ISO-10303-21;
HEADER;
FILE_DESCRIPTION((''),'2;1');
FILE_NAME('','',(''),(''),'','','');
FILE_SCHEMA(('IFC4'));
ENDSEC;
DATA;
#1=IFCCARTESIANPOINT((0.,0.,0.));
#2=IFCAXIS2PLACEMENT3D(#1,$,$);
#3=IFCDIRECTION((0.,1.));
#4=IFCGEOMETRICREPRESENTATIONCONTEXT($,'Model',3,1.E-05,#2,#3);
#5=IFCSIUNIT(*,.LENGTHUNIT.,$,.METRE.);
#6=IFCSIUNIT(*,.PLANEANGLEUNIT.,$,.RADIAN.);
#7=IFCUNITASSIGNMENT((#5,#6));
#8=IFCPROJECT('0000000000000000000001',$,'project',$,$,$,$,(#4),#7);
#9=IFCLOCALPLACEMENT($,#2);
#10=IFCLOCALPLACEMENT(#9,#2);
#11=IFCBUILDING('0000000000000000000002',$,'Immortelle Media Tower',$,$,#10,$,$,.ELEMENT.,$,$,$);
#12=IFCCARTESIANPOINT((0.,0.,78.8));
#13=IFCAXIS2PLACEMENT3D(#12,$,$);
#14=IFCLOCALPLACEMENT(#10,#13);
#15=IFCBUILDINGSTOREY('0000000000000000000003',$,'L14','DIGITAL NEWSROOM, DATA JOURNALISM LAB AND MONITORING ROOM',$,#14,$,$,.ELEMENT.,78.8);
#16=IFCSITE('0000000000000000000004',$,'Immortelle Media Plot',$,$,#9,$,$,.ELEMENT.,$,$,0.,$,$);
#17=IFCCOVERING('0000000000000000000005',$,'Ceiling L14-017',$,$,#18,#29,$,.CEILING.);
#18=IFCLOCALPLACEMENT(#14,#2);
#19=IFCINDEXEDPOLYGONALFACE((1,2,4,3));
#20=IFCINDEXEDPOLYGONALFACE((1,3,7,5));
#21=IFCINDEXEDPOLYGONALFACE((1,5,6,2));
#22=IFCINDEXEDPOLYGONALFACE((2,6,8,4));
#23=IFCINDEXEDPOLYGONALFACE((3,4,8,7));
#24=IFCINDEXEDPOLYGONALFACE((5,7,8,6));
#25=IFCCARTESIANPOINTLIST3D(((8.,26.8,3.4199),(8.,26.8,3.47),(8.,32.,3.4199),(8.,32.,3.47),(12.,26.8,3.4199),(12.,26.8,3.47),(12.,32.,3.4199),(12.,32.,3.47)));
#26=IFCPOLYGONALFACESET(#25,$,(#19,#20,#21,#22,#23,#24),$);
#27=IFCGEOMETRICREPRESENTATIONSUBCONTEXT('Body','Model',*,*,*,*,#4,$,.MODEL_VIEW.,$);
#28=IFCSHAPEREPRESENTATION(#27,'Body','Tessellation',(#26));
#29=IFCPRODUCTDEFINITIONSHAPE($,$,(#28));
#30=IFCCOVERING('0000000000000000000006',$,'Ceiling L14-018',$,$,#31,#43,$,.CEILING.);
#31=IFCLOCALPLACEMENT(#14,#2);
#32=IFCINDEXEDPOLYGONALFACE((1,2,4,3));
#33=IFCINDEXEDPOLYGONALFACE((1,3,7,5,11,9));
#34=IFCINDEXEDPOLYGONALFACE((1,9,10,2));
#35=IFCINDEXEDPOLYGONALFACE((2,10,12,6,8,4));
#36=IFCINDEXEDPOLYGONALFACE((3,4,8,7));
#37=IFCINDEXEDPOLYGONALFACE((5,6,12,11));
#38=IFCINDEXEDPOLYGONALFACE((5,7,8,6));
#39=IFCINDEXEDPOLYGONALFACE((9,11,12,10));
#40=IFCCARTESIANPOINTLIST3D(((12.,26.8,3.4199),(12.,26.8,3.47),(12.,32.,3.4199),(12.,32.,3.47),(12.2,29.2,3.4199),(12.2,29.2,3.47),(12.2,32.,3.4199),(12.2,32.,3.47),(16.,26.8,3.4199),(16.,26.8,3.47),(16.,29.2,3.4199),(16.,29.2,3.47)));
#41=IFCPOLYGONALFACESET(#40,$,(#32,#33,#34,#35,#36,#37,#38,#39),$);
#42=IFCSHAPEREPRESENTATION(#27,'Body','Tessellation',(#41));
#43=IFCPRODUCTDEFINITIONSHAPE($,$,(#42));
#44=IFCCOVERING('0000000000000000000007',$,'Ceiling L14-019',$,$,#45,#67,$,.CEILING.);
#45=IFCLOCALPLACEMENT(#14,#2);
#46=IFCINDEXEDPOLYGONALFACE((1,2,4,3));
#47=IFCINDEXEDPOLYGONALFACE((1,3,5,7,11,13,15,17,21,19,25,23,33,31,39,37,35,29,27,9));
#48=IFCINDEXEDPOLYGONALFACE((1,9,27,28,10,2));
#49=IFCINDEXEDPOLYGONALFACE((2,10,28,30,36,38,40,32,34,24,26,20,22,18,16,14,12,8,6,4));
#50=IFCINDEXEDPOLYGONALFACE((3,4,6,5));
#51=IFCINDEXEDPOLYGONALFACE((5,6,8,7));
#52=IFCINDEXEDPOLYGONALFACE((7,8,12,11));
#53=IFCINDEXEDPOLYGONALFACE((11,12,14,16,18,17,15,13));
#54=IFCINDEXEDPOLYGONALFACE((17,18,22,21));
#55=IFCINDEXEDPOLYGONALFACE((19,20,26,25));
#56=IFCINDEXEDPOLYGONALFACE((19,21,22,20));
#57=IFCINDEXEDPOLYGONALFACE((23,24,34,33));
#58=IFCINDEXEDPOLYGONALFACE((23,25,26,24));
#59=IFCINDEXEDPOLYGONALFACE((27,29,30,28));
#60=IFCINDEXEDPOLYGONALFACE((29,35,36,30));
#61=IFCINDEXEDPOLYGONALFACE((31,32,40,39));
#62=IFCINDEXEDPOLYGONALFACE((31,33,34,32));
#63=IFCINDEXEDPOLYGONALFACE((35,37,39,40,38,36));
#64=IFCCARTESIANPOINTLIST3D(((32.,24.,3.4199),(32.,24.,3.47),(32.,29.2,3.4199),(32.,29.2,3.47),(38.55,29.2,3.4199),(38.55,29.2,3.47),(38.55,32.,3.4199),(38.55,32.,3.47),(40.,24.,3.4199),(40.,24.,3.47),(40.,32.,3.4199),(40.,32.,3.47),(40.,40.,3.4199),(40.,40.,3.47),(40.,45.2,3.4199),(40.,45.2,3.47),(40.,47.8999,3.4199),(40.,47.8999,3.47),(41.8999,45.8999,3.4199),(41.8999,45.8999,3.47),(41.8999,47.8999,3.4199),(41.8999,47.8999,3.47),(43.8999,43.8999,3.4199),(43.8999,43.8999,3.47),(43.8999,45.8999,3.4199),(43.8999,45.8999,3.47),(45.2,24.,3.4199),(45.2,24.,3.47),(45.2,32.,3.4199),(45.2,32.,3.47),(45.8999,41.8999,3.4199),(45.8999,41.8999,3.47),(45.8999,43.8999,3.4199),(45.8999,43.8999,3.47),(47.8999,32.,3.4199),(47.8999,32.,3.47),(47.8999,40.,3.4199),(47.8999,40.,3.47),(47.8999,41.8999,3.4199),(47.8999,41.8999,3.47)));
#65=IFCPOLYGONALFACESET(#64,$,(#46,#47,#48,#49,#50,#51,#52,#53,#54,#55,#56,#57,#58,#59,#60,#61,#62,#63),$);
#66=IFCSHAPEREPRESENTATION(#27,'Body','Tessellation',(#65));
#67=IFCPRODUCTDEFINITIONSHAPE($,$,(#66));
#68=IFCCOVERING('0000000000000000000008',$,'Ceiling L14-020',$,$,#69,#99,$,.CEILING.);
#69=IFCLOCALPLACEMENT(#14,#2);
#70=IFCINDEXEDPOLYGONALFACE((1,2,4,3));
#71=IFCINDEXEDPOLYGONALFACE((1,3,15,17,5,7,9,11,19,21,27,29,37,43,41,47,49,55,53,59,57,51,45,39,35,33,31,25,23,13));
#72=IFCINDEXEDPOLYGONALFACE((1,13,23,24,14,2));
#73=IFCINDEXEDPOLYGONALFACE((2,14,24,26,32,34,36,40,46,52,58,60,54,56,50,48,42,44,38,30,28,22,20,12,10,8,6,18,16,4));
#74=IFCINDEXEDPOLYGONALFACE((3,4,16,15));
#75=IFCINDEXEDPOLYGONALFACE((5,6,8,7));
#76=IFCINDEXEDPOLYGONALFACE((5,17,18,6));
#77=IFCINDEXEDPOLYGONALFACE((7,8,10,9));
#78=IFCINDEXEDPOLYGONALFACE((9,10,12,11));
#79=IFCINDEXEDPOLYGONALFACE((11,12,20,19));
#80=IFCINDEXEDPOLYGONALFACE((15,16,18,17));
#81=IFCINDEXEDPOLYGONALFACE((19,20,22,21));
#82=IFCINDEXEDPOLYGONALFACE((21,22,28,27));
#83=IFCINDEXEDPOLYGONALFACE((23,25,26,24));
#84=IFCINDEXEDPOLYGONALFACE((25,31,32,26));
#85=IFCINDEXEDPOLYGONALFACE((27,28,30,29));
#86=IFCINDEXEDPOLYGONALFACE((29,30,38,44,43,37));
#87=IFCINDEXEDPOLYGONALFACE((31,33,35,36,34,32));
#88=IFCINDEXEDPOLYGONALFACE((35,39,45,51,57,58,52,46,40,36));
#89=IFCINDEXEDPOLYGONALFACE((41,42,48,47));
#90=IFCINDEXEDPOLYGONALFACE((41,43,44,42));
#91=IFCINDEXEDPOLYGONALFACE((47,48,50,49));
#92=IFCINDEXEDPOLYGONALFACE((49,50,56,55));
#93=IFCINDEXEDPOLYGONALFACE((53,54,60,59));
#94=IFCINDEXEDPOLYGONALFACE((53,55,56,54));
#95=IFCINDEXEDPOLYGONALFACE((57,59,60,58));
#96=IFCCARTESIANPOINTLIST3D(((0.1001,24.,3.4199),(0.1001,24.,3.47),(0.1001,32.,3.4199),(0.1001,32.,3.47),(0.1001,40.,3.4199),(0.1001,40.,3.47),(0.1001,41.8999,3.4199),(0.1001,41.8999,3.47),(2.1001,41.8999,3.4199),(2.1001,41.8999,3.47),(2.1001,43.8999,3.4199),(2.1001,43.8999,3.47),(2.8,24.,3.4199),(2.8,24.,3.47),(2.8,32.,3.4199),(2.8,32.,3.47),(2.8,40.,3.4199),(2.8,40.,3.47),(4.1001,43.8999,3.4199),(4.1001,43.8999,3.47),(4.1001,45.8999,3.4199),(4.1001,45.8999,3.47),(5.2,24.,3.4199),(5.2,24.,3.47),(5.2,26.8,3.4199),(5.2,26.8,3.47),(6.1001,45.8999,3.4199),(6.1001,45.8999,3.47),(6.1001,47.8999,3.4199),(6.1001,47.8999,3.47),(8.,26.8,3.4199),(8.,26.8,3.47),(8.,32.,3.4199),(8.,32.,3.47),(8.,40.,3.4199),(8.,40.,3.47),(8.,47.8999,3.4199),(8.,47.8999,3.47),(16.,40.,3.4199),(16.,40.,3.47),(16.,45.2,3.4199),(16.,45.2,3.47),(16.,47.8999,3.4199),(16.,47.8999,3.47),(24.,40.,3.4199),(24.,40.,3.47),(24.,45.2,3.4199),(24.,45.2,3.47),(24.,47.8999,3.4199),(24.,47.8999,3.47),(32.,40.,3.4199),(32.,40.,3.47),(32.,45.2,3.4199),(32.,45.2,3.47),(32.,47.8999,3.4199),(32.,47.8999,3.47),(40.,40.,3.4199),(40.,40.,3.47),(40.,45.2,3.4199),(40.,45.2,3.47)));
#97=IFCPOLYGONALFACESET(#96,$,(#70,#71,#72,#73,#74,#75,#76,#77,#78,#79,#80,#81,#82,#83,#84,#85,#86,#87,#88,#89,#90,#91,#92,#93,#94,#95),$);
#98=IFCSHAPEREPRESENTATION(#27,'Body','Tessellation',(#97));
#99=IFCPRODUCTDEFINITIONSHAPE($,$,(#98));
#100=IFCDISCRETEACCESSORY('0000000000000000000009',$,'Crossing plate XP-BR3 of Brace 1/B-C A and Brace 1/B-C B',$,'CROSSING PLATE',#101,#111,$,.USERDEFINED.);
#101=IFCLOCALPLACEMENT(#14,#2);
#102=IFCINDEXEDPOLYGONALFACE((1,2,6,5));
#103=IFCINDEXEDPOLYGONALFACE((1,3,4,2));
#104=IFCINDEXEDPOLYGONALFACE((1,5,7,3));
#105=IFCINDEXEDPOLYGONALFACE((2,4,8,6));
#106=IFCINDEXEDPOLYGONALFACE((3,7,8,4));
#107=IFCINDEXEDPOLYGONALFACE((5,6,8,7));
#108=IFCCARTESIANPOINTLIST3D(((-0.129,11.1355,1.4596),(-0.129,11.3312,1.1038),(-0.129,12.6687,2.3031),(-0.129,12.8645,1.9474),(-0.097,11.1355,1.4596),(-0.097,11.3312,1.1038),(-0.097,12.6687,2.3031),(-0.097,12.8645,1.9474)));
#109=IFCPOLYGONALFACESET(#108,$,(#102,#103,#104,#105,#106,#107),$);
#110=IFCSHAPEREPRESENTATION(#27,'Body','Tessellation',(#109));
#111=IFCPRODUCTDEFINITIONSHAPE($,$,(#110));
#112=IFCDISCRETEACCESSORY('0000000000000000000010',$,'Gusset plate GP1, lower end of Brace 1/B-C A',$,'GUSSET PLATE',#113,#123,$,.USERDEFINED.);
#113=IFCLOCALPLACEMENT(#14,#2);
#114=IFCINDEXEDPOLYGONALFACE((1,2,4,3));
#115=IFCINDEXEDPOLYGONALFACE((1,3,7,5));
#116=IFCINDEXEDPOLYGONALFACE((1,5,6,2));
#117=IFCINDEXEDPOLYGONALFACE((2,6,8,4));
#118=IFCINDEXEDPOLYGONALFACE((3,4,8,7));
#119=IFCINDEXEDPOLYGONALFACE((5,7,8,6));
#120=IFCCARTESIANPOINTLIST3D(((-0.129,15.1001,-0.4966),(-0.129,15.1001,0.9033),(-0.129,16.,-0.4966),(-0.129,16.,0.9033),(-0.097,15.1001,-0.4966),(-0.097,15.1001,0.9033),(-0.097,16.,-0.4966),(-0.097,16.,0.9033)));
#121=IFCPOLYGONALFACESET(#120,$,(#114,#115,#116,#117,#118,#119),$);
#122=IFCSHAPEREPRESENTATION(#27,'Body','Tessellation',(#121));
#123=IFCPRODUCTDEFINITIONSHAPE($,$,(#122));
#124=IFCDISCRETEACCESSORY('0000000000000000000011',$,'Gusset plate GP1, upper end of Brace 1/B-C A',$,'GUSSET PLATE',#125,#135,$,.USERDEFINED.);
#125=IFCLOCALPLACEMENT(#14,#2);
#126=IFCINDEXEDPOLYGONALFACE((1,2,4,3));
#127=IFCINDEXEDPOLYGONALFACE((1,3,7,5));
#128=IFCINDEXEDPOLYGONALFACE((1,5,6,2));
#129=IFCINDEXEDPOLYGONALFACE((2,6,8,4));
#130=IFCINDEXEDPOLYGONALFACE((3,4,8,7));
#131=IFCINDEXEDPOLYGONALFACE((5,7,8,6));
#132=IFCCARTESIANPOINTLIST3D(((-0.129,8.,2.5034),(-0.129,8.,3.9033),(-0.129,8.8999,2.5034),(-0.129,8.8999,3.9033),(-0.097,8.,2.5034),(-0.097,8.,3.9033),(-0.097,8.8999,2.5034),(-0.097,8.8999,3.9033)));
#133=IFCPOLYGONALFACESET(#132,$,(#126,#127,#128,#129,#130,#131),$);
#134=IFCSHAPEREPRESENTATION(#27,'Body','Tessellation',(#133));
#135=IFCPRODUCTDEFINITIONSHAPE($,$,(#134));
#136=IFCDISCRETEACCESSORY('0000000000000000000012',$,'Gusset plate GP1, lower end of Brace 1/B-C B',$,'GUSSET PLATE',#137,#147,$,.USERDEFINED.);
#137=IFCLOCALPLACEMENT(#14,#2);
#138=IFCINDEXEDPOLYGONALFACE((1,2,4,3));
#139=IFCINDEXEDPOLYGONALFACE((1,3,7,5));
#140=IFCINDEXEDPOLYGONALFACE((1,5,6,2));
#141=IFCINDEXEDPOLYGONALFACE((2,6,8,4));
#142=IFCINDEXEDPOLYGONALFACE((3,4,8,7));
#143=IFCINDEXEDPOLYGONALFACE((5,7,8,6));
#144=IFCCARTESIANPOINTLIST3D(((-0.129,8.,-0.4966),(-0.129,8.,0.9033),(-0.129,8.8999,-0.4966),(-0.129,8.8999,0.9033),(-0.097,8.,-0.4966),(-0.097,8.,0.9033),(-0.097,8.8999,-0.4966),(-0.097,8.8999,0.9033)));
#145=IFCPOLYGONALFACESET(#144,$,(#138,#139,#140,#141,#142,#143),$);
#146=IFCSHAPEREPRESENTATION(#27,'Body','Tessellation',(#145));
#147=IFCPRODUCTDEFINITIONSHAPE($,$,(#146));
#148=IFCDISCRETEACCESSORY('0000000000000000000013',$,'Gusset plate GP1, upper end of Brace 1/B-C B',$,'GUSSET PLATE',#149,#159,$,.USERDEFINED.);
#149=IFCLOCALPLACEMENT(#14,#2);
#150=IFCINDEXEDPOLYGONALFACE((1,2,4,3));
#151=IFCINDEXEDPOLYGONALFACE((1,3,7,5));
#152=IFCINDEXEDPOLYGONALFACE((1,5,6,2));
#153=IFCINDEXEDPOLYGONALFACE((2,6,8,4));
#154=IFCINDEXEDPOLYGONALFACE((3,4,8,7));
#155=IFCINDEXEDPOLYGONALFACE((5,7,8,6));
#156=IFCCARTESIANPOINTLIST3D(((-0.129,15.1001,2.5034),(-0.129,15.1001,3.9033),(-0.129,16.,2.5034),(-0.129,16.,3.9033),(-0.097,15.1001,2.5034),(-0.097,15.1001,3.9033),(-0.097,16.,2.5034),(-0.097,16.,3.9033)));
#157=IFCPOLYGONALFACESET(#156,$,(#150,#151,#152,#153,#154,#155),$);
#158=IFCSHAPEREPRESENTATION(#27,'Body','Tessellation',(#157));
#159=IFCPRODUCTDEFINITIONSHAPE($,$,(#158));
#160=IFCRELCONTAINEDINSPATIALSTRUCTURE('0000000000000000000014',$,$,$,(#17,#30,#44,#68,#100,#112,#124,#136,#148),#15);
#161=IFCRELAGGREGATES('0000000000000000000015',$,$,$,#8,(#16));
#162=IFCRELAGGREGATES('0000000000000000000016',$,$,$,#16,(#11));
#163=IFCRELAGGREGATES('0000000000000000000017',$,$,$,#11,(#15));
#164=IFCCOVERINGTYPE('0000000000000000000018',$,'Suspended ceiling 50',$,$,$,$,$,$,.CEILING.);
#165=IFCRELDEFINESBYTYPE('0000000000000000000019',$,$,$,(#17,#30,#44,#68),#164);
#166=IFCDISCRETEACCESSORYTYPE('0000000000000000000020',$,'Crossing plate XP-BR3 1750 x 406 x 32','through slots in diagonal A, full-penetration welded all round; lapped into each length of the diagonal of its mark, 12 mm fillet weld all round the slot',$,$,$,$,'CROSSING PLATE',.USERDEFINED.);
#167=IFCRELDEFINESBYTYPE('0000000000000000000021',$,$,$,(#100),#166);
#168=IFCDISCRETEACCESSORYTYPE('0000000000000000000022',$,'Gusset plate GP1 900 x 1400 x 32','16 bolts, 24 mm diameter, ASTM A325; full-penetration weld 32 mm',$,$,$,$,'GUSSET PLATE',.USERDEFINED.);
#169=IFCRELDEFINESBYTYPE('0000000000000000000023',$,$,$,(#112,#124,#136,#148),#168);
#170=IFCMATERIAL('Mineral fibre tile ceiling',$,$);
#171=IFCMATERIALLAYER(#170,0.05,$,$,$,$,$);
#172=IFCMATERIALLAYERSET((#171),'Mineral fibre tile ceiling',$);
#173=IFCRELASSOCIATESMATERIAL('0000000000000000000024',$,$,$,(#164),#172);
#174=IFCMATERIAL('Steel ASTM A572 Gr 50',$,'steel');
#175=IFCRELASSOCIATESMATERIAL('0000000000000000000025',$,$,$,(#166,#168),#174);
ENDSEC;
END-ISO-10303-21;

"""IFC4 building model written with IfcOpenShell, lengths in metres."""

from ifc_helpers import new_model, si_unit, direction, frame, origin, origin_2d, place, context, subcontext, project, spatial, polyline, rectangle, outline, extrude, material, layer, layer_set, material_profile, profile_set, type_object, element, save


model = new_model("IFC4")

# Units and contexts
model_context = context("Model", 3, precision=1e-05, world=origin(), true_north=direction((0.0, 1.0)))
body_context = subcontext(model_context, "Body", "Model", "MODEL_VIEW")
ifc_project = project(units=[si_unit("LENGTHUNIT", "METRE"), si_unit("PLANEANGLEUNIT", "RADIAN")], contexts=[model_context])

# Site, building, storey
site_placement = place(None, origin())
site = spatial("IfcSite", under=ifc_project, at=site_placement, Name="Immortelle Media Plot", CompositionType="ELEMENT", RefElevation=0.0)
building_placement = place(site_placement, origin())
building = spatial("IfcBuilding", under=site, at=building_placement, Name="Immortelle Media Tower", CompositionType="ELEMENT")
storey_placement = place(building_placement, frame((0.0, 0.0, 78.8)))
storey = spatial("IfcBuildingStorey", under=building, at=storey_placement, Name="L14", Description="DIGITAL NEWSROOM, DATA JOURNALISM LAB AND MONITORING ROOM", CompositionType="ELEMENT", Elevation=78.8)

# Coverings
ifc_material_1 = material(Name="Mineral fibre tile ceiling")
ifc_layer_1 = layer(ifc_material_1, 0.05)
ifc_layer_set_1 = layer_set([ifc_layer_1], Name="Mineral fibre tile ceiling")
covering_type = type_object("IfcCoveringType", Name="Suspended ceiling 50", PredefinedType="CEILING", material=ifc_layer_set_1)
covering_1_placement = place(storey_placement, frame((0.0, 0.0, 3.4199)))
element("IfcCovering", 1, at=covering_1_placement, inside=storey, type_object=covering_type, Name="Ceiling L14-017", PredefinedType="CEILING", context=body_context, shape_type="SweptSolid", body=[
    extrude(outline(polyline([(8.0, 32.0), (12.0, 32.0), (12.0, 26.8), (8.0, 26.8), (8.0, 32.0)])), origin(), (0.0, 0.0, 1.0), 0.05),
])
covering_2_placement = place(storey_placement, frame((0.0, 0.0, 3.4199)))
element("IfcCovering", 2, at=covering_2_placement, inside=storey, type_object=covering_type, Name="Ceiling L14-018", PredefinedType="CEILING", context=body_context, shape_type="SweptSolid", body=[
    extrude(outline(polyline([(12.2, 32.0), (12.2, 29.2), (16.0, 29.2), (16.0, 26.8), (12.0, 26.8), (12.0, 32.0), (12.2, 32.0)])), origin(), (0.0, 0.0, 1.0), 0.05),
])
covering_3_placement = place(storey_placement, frame((0.0, 0.0, 3.4199)))
element("IfcCovering", 3, at=covering_3_placement, inside=storey, type_object=covering_type, Name="Ceiling L14-019", PredefinedType="CEILING", context=body_context, shape_type="SweptSolid", body=[
    extrude(outline(polyline([(38.55, 32.0), (40.0, 32.0), (40.0, 40.0), (40.0, 45.2), (40.0, 47.8999), (41.8999, 47.8999), (41.8999, 45.8999), (43.8999, 45.8999), (43.8999, 43.8999), (45.8999, 43.8999), (45.8999, 41.8999), (47.8999, 41.8999), (47.8999, 40.0), (47.8999, 32.0), (45.2, 32.0), (45.2, 24.0), (40.0, 24.0), (32.0, 24.0), (32.0, 29.2), (38.55, 29.2), (38.55, 32.0)])), origin(), (0.0, 0.0, 1.0), 0.05),
])
covering_4_placement = place(storey_placement, frame((0.0, 0.0, 3.4199)))
element("IfcCovering", 4, at=covering_4_placement, inside=storey, type_object=covering_type, Name="Ceiling L14-020", PredefinedType="CEILING", context=body_context, shape_type="SweptSolid", body=[
    extrude(outline(polyline([(2.8, 40.0), (0.1001, 40.0), (0.1001, 41.8999), (2.1001, 41.8999), (2.1001, 43.8999), (4.1001, 43.8999), (4.1001, 45.8999), (6.1001, 45.8999), (6.1001, 47.8999), (8.0, 47.8999), (16.0, 47.8999), (16.0, 45.2), (24.0, 45.2), (24.0, 47.8999), (32.0, 47.8999), (32.0, 45.2), (40.0, 45.2), (40.0, 40.0), (32.0, 40.0), (24.0, 40.0), (16.0, 40.0), (8.0, 40.0), (8.0, 32.0), (8.0, 26.8), (5.2, 26.8), (5.2, 24.0), (2.8, 24.0), (0.1001, 24.0), (0.1001, 32.0), (2.8, 32.0), (2.8, 40.0)])), origin(), (0.0, 0.0, 1.0), 0.05),
])

# Discrete accessories
ifc_material_2 = material(Name="Steel ASTM A572 Gr 50", Category="steel")
ifc_material_profile_1 = material_profile(ifc_material_2, rectangle(XDim=0.032, YDim=0.406, at=origin_2d()), Name="PL 32 x 406")
ifc_profile_set_1 = profile_set([ifc_material_profile_1], Name="Steel ASTM A572 Gr 50")
discrete_accessory_type_1 = type_object("IfcDiscreteAccessoryType", Name="Crossing plate XP-BR3 1750 x 406 x 32", Description="through slots in diagonal A, full-penetration welded all round; lapped into each length of the diagonal of its mark, 12 mm fillet weld all round the slot", ElementType="CROSSING PLATE", PredefinedType="USERDEFINED", material=ifc_profile_set_1)
discrete_accessory_placement = place(storey_placement, frame((-0.113, 12.7666, 2.1252), z_axis=(0.0, -0.876157, -0.482026), x_axis=(1.0, 0.0, 0.0)))
element("IfcDiscreteAccessory", 5, at=discrete_accessory_placement, inside=storey, type_object=discrete_accessory_type_1, Name="Crossing plate XP-BR3 of Brace 1/B-C A and Brace 1/B-C B", ObjectType="CROSSING PLATE", PredefinedType="USERDEFINED", context=body_context, shape_type="SweptSolid", body=[
    extrude(rectangle(XDim=0.032, YDim=0.406, at=origin_2d()), origin(), (0.0, 0.0, 1.0), 1.75),
])
ifc_material_profile_2 = material_profile(ifc_material_2, rectangle(XDim=0.032, YDim=1.3999, at=origin_2d()), Name="PL 32 x 1400")
ifc_profile_set_2 = profile_set([ifc_material_profile_2], Name="Steel ASTM A572 Gr 50")
discrete_accessory_type_2 = type_object("IfcDiscreteAccessoryType", Name="Gusset plate GP1 900 x 1400 x 32", Description="16 bolts, 24 mm diameter, ASTM A325; full-penetration weld 32 mm", ElementType="GUSSET PLATE", PredefinedType="USERDEFINED", material=ifc_profile_set_2)
for number, where, z_axis, x_axis, name in (
    (6, (-0.113, 16.0, 0.2034), (0.0, -1.0, 0.0), (1.0, 0.0, 0.0), "Gusset plate GP1, lower end of Brace 1/B-C A"),
    (7, (-0.113, 8.0, 3.2034), (0.0, 1.0, 0.0), (-1.0, 0.0, 0.0), "Gusset plate GP1, upper end of Brace 1/B-C A"),
    (8, (-0.113, 8.0, 0.2034), (0.0, 1.0, 0.0), (-1.0, 0.0, 0.0), "Gusset plate GP1, lower end of Brace 1/B-C B"),
    (9, (-0.113, 16.0, 3.2034), (0.0, -1.0, 0.0), (1.0, 0.0, 0.0), "Gusset plate GP1, upper end of Brace 1/B-C B"),
):
    element("IfcDiscreteAccessory", number, at=place(storey_placement, frame(where, z_axis=z_axis, x_axis=x_axis)), inside=storey, type_object=discrete_accessory_type_2, Name=name, ObjectType="GUSSET PLATE", PredefinedType="USERDEFINED", context=body_context, shape_type="SweptSolid", body=[
        extrude(rectangle(XDim=0.032, YDim=1.3999, at=origin_2d()), origin(), (0.0, 0.0, 1.0), 0.8999),
    ])

save(model, "model.ifc")
